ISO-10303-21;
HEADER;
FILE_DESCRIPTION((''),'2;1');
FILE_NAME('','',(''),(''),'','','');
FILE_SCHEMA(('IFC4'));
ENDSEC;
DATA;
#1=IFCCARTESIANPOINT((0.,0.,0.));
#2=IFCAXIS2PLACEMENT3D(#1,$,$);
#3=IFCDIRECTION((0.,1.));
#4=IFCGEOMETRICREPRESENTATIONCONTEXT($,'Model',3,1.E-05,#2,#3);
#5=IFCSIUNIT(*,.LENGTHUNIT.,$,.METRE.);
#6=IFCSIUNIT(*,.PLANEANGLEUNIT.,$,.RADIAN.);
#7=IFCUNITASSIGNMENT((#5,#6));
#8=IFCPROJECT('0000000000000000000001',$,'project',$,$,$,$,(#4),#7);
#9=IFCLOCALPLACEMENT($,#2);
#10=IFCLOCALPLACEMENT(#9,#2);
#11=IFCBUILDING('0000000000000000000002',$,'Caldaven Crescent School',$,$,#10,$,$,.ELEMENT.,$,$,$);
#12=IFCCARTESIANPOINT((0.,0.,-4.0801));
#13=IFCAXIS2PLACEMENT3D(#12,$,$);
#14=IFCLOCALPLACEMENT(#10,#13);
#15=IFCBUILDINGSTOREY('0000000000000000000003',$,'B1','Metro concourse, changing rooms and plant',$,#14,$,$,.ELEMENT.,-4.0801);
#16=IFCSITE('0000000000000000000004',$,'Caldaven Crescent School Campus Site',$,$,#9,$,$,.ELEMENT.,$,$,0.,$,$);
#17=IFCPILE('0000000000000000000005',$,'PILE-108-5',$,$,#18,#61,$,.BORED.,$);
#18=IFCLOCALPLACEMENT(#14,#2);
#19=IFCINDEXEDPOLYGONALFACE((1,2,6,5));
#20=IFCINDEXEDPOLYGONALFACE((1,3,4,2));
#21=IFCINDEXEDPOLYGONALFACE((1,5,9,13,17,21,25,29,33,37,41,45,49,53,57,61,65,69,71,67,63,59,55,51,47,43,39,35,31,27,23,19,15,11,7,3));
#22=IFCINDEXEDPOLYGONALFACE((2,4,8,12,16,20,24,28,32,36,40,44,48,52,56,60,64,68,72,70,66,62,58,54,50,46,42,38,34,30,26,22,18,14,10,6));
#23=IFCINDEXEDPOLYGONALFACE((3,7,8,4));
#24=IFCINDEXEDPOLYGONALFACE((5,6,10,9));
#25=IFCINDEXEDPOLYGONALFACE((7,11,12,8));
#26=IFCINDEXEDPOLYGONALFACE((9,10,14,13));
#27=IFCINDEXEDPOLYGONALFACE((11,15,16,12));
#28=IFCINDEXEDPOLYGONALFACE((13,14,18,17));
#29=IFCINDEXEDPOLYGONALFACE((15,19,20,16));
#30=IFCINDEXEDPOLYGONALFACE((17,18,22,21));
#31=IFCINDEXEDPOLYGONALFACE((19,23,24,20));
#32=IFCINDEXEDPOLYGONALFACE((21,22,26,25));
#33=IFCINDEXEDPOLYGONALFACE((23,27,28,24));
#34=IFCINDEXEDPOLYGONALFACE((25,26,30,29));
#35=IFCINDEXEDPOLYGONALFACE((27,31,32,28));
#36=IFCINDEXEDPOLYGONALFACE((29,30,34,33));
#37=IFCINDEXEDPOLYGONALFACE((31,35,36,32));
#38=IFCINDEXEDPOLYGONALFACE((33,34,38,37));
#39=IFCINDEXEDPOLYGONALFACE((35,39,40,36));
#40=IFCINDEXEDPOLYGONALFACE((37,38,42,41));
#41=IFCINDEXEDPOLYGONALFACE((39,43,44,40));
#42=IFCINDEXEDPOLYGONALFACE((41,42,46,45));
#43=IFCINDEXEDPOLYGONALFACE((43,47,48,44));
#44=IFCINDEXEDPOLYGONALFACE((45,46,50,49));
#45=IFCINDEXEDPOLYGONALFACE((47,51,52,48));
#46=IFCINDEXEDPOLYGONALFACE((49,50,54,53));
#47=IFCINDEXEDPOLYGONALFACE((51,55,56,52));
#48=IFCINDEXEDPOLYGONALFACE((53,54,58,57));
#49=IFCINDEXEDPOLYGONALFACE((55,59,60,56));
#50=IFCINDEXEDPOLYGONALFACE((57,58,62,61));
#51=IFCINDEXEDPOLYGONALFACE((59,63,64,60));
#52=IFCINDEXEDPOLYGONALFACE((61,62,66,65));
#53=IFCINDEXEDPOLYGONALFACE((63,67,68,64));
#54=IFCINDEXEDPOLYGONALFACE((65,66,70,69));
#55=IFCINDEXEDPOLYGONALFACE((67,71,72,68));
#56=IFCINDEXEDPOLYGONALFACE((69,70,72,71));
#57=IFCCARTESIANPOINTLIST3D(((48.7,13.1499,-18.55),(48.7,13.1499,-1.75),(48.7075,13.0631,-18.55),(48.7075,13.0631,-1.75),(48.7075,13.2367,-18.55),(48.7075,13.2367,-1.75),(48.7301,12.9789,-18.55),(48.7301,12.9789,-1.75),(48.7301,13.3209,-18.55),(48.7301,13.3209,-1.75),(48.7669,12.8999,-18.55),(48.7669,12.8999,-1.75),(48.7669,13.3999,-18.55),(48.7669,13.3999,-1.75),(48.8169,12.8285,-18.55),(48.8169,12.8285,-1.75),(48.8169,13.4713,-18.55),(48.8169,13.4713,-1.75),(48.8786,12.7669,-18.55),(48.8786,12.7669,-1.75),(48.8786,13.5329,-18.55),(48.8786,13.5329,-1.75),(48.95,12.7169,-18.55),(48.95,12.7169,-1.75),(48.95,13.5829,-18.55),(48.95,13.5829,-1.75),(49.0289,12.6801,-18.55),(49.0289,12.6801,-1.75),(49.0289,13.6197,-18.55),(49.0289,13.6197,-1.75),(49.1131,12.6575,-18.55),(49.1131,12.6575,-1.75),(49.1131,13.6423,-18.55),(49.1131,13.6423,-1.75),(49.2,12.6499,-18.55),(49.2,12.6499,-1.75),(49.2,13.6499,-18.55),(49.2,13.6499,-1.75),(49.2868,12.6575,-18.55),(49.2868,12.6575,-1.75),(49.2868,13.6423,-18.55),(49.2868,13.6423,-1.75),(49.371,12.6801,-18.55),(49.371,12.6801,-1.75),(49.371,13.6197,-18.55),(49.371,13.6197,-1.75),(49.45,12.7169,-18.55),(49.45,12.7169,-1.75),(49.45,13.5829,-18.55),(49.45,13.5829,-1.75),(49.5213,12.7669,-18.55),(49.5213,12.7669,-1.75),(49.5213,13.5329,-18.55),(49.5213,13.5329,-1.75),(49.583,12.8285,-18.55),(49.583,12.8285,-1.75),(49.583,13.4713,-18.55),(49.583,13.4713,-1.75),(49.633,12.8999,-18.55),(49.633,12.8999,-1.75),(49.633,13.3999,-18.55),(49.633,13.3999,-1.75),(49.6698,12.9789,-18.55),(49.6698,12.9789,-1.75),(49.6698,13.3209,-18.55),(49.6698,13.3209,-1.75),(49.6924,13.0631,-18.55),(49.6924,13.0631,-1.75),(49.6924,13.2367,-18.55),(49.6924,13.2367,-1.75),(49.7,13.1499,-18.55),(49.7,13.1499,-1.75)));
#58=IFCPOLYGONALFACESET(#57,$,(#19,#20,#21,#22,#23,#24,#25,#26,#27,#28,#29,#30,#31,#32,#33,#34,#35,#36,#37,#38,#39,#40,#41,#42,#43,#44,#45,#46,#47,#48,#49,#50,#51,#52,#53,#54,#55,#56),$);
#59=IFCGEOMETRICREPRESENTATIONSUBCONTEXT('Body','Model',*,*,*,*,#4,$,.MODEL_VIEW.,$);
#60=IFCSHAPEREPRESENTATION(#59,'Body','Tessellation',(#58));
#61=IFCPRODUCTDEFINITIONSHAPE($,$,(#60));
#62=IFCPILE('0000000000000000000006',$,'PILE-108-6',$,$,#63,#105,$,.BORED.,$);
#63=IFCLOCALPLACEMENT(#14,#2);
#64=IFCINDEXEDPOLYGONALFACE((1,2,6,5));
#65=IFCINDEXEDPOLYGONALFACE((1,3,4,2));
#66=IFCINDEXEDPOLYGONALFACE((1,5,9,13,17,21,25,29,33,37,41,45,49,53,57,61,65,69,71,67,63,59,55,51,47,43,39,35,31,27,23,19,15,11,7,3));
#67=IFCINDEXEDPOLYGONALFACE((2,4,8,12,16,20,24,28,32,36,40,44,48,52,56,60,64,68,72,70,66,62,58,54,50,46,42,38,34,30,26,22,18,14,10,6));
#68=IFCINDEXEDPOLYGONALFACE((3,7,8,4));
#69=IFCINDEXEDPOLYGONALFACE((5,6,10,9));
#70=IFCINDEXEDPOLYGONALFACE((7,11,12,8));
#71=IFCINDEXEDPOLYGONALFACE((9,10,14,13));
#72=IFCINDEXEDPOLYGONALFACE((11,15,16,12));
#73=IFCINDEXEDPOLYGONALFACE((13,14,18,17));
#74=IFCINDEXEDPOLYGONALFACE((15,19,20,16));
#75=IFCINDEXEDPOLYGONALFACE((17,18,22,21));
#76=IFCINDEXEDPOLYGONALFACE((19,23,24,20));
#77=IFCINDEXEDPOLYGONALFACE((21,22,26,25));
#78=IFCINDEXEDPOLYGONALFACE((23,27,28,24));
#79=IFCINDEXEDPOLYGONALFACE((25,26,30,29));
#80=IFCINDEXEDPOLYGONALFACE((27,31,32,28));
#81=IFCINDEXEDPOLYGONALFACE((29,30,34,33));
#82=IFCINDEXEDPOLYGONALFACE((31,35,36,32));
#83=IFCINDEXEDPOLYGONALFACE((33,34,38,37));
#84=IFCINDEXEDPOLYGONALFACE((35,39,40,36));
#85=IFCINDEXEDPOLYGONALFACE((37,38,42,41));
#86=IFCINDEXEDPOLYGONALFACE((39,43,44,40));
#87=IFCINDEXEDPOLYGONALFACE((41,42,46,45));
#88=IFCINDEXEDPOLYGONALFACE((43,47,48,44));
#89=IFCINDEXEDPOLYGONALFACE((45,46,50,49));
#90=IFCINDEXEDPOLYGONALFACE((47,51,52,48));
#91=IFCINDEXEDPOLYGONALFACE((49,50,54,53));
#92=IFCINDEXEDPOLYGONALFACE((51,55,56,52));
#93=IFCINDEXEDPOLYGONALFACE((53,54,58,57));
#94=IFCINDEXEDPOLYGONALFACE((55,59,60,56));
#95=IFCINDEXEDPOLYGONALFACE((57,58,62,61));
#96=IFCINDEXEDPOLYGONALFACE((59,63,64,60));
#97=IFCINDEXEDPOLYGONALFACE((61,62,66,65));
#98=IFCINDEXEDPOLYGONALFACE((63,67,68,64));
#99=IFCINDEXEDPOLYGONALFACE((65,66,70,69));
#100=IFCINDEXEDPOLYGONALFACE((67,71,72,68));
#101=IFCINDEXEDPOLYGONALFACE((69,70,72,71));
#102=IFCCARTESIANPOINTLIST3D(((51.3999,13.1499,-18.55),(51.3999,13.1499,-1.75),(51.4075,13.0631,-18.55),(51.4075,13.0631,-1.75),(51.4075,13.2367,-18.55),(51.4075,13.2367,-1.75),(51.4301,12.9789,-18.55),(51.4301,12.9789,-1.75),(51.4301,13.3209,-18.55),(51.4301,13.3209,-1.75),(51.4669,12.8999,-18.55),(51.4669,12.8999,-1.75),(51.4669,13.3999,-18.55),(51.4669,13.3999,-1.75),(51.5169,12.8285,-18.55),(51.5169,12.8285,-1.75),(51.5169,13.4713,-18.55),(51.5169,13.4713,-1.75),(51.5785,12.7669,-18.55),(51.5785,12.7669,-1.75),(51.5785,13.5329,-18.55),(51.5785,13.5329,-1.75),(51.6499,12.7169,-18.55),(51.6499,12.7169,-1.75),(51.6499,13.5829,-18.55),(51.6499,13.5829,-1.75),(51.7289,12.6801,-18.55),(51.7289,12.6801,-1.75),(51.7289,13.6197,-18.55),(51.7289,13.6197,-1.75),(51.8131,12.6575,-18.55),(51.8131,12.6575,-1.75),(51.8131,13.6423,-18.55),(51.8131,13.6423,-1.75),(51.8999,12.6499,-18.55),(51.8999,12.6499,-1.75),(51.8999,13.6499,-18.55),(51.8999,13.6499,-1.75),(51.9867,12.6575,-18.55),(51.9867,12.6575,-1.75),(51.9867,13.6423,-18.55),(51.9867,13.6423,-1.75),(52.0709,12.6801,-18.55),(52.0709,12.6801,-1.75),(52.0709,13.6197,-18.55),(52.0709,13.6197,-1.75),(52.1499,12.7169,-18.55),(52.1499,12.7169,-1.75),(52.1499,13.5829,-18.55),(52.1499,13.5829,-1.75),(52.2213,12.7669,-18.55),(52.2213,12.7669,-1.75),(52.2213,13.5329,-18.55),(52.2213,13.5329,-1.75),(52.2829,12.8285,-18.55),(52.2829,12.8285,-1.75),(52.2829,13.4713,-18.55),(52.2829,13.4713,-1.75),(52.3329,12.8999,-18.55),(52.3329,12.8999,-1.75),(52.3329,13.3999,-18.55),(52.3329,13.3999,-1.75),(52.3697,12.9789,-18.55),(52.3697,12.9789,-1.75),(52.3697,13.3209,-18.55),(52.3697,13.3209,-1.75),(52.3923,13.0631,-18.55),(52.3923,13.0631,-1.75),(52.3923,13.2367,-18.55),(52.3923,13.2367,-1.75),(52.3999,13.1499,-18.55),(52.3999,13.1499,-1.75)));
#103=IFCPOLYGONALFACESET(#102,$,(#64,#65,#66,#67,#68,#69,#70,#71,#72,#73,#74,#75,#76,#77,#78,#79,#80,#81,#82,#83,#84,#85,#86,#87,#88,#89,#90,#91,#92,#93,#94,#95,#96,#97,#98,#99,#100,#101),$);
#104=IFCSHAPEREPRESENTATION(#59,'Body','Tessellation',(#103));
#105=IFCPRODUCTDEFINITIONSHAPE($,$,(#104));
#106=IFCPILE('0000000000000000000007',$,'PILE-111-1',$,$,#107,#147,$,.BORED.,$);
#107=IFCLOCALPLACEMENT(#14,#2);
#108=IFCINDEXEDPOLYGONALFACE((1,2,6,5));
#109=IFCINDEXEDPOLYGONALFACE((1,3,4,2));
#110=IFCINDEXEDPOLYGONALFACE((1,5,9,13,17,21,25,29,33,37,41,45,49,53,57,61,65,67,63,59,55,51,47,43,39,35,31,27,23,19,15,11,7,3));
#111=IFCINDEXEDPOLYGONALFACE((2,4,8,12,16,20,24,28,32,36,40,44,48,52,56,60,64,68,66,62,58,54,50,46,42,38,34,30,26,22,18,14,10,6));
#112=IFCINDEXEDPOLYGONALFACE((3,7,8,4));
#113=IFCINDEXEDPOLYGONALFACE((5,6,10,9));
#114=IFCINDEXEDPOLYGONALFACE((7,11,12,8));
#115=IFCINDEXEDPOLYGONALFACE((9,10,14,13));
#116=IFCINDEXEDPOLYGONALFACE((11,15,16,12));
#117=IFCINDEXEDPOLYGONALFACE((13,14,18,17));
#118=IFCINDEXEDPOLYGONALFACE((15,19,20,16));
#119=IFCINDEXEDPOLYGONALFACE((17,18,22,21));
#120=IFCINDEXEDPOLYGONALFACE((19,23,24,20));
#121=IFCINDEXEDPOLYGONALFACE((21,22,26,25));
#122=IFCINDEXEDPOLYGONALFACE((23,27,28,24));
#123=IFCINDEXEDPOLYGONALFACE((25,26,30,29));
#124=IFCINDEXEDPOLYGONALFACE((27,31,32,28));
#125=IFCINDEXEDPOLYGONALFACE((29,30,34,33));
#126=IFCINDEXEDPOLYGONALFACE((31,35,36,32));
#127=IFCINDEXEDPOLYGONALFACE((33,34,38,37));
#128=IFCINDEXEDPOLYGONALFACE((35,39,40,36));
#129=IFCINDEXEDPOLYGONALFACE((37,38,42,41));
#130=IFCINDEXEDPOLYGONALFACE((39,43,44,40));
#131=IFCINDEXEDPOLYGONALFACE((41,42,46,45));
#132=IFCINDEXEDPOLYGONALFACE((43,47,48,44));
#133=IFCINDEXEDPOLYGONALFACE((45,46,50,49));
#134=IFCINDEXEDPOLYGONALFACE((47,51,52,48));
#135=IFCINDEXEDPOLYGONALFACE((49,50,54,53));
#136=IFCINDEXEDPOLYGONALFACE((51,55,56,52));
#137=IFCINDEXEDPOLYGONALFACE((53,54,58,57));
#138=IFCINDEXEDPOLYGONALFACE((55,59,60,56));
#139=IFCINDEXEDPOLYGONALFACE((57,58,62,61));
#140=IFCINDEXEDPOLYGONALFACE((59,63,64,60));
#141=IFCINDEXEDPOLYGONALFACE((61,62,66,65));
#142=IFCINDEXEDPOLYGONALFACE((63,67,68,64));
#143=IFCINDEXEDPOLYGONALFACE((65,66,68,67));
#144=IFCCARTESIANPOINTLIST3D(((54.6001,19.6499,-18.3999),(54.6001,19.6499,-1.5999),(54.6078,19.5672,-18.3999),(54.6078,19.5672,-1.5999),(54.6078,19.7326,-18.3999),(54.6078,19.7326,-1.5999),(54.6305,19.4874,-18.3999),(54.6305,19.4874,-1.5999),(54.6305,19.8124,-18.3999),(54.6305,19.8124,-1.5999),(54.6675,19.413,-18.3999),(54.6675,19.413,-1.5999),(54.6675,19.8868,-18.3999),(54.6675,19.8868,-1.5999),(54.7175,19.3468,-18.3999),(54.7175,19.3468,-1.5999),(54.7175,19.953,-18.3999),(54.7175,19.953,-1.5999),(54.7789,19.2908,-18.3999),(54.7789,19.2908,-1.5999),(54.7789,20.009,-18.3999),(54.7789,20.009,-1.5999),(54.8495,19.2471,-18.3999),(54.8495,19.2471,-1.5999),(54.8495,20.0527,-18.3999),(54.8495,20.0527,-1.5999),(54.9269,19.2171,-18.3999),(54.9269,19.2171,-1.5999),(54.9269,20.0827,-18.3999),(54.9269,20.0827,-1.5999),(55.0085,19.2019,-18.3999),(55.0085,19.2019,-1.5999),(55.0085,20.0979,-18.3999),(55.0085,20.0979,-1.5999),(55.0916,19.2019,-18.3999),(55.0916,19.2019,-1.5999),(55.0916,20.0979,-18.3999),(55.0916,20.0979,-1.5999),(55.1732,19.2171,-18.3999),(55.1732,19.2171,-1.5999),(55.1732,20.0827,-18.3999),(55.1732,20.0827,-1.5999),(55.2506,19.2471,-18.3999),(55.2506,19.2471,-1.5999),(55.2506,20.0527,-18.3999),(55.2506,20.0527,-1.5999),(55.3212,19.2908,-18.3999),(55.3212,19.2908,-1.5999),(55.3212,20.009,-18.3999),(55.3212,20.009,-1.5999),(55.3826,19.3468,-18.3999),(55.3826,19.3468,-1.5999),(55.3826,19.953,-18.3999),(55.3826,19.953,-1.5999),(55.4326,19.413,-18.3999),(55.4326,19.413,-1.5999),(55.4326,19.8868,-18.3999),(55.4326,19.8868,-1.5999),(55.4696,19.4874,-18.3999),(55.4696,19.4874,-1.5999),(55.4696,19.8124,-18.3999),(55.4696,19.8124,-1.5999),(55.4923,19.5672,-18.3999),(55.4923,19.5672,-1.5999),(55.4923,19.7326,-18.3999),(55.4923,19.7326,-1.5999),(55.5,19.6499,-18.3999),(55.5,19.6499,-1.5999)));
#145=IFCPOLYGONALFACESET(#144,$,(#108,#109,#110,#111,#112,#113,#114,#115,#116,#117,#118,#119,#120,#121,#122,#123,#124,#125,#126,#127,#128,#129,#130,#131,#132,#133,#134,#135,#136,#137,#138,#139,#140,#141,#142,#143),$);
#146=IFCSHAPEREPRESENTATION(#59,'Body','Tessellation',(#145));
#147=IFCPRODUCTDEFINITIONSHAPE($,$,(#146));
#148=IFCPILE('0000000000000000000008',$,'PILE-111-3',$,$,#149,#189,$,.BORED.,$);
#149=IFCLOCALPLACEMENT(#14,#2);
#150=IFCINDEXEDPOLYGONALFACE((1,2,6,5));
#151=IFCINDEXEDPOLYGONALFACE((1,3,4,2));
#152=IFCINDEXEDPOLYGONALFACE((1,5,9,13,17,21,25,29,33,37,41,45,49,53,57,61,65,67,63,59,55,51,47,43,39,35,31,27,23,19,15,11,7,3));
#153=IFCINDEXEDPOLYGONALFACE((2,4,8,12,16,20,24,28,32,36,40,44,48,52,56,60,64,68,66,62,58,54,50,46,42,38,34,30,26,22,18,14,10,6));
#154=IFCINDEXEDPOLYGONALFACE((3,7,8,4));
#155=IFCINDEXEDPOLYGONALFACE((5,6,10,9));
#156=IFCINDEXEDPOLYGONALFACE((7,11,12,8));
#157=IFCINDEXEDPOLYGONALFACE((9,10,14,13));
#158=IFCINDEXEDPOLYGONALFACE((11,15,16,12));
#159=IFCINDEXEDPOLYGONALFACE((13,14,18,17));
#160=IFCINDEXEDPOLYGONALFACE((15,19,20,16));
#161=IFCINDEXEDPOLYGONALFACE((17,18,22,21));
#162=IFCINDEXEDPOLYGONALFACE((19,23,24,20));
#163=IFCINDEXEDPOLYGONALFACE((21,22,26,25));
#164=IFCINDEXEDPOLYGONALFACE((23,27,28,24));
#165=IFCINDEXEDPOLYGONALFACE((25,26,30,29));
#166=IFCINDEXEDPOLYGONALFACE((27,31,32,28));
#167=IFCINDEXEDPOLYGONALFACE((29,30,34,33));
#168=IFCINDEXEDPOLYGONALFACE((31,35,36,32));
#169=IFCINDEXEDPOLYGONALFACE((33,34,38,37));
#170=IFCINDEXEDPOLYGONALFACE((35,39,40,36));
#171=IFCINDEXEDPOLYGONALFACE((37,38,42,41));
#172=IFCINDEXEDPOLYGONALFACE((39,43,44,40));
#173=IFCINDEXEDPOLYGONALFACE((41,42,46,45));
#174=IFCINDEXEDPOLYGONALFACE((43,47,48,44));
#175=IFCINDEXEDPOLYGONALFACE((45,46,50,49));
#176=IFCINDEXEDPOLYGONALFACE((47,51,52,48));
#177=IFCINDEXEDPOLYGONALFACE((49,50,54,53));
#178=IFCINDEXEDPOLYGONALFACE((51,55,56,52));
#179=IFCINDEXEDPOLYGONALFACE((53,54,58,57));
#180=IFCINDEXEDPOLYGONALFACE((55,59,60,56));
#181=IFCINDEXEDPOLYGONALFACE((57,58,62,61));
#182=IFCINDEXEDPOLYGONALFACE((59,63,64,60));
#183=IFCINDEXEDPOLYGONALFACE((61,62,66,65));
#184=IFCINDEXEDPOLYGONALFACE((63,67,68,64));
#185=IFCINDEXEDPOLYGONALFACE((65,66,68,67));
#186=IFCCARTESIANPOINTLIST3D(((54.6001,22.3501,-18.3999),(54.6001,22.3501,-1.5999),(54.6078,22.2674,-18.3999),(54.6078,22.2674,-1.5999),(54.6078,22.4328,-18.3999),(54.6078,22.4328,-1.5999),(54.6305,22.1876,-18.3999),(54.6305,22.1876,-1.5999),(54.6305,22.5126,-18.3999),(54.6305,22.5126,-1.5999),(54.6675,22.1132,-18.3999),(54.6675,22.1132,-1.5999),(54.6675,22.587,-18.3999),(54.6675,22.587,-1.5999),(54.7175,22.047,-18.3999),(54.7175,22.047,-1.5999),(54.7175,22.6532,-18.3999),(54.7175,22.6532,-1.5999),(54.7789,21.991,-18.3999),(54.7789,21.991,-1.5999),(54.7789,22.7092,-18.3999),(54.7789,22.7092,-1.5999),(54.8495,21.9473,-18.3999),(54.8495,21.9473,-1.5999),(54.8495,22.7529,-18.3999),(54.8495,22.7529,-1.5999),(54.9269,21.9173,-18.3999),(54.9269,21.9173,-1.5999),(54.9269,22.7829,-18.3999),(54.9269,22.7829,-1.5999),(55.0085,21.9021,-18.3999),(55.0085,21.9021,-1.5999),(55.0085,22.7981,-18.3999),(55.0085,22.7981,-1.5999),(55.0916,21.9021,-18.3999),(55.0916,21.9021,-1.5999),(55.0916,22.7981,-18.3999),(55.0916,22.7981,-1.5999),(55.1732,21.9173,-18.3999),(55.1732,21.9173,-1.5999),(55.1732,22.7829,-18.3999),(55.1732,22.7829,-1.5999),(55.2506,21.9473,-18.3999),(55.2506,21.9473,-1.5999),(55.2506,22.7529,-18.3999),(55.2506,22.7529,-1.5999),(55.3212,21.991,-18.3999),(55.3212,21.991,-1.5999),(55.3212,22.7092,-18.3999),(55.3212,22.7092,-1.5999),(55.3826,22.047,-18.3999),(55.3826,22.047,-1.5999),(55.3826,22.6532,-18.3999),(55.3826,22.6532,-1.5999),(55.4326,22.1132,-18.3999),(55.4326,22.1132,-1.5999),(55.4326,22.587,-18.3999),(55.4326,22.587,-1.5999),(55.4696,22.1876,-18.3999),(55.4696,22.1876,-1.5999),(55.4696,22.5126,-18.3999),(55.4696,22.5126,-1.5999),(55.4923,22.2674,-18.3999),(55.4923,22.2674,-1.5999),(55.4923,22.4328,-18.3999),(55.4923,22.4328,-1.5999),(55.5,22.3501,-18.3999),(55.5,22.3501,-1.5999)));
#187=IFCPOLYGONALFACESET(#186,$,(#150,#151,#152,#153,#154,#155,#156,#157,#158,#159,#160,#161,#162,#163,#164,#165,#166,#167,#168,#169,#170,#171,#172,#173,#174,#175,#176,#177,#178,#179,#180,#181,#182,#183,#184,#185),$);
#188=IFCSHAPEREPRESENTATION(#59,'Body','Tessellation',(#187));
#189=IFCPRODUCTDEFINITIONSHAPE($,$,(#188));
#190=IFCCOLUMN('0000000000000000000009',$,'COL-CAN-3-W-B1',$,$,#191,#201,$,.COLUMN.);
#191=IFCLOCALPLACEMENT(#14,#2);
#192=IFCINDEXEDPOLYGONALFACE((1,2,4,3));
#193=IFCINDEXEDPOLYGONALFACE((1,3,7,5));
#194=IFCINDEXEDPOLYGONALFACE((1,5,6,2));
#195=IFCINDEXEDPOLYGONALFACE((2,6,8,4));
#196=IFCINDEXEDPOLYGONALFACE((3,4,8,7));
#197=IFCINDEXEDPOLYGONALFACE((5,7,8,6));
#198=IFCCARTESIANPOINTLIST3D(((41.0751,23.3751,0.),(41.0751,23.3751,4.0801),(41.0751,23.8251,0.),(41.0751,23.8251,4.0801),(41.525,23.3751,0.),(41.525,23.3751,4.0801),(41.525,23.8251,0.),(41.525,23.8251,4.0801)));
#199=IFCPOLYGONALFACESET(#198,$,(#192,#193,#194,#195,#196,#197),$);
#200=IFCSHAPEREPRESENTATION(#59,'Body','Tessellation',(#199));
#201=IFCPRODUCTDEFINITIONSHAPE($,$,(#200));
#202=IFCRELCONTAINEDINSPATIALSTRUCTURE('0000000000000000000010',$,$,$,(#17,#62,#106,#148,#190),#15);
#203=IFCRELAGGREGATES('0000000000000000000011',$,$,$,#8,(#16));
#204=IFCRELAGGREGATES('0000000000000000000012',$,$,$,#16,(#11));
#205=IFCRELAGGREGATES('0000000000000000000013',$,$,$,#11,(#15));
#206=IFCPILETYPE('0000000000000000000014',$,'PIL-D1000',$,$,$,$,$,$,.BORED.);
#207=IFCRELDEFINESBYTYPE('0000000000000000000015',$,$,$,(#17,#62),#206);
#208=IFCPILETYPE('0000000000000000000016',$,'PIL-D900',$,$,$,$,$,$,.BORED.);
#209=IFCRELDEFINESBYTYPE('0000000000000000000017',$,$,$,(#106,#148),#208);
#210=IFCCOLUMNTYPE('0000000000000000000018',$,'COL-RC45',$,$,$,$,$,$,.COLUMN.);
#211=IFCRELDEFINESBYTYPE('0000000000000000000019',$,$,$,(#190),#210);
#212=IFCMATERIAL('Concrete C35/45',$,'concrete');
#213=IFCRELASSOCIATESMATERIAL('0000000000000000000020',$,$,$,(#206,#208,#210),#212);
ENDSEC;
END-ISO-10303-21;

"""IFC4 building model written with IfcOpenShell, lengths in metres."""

from ifc_helpers import new_model, si_unit, direction, frame, origin, origin_2d, place, context, subcontext, project, spatial, rectangle, circle, extrude, material, material_profile, profile_set, type_object, element, save


model = new_model("IFC4")

# Units and contexts
model_context = context("Model", 3, precision=1e-05, world=origin(), true_north=direction((0.0, 1.0)))
body_context = subcontext(model_context, "Body", "Model", "MODEL_VIEW")
ifc_project = project(units=[si_unit("LENGTHUNIT", "METRE"), si_unit("PLANEANGLEUNIT", "RADIAN")], contexts=[model_context])

# Site, building, storey
site_placement = place(None, origin())
site = spatial("IfcSite", under=ifc_project, at=site_placement, Name="Caldaven Crescent School Campus Site", CompositionType="ELEMENT", RefElevation=0.0)
building_placement = place(site_placement, origin())
building = spatial("IfcBuilding", under=site, at=building_placement, Name="Caldaven Crescent School", CompositionType="ELEMENT")
storey_placement = place(building_placement, frame((0.0, 0.0, -4.0801)))
storey = spatial("IfcBuildingStorey", under=building, at=storey_placement, Name="B1", Description="Metro concourse, changing rooms and plant", CompositionType="ELEMENT", Elevation=-4.0801)

# Shared definitions
ifc_material_1 = material(Name="Concrete C35/45", Category="concrete")

# Piles
ifc_material_profile_1 = material_profile(ifc_material_1, circle(Radius=0.5, at=origin_2d()), Name="PILE D1000")
ifc_profile_set_1 = profile_set([ifc_material_profile_1], Name="Concrete C35/45")
pile_type_1 = type_object("IfcPileType", Name="PIL-D1000", PredefinedType="BORED", material=ifc_profile_set_1)
for number, where, z_axis, x_axis, name in (
    (1, (49.2, 13.1499, -1.75), (0.0, 0.0, -1.0), (1.0, 0.0, 0.0), "PILE-108-5"),
    (2, (51.8999, 13.1499, -1.75), (0.0, 0.0, -1.0), (1.0, 0.0, 0.0), "PILE-108-6"),
):
    element("IfcPile", number, at=place(storey_placement, frame(where, z_axis=z_axis, x_axis=x_axis)), inside=storey, type_object=pile_type_1, Name=name, PredefinedType="BORED", context=body_context, shape_type="SweptSolid", body=[
        extrude(circle(Radius=0.5, at=origin_2d()), origin(), (0.0, 0.0, 1.0), 16.8),
    ])
ifc_material_profile_2 = material_profile(ifc_material_1, circle(Radius=0.45, at=origin_2d()), Name="PILE D900")
ifc_profile_set_2 = profile_set([ifc_material_profile_2], Name="Concrete C35/45")
pile_type_2 = type_object("IfcPileType", Name="PIL-D900", PredefinedType="BORED", material=ifc_profile_set_2)
for number, where, z_axis, x_axis, name in (
    (3, (55.05, 19.6499, -1.5999), (0.0, 0.0, -1.0), (1.0, 0.0, 0.0), "PILE-111-1"),
    (4, (55.05, 22.3501, -1.5999), (0.0, 0.0, -1.0), (1.0, 0.0, 0.0), "PILE-111-3"),
):
    element("IfcPile", number, at=place(storey_placement, frame(where, z_axis=z_axis, x_axis=x_axis)), inside=storey, type_object=pile_type_2, Name=name, PredefinedType="BORED", context=body_context, shape_type="SweptSolid", body=[
        extrude(circle(Radius=0.45, at=origin_2d()), origin(), (0.0, 0.0, 1.0), 16.8),
    ])

# Column
ifc_material_profile_3 = material_profile(ifc_material_1, rectangle(XDim=0.45, YDim=0.45, at=origin_2d()), Name="RC 450x450")
ifc_profile_set_3 = profile_set([ifc_material_profile_3], Name="Concrete C35/45")
column_type_1 = type_object("IfcColumnType", Name="COL-RC45", PredefinedType="COLUMN", material=ifc_profile_set_3)
for number, where, z_axis, x_axis, name in (
    (5, (41.3, 23.6001, 0.0), (0.0, 0.0, 1.0), (1.0, 0.0, 0.0), "COL-CAN-3-W-B1"),
):
    element("IfcColumn", number, at=place(storey_placement, frame(where, z_axis=z_axis, x_axis=x_axis)), inside=storey, type_object=column_type_1, Name=name, PredefinedType="COLUMN", context=body_context, shape_type="SweptSolid", body=[
        extrude(rectangle(XDim=0.45, YDim=0.45, at=origin_2d()), origin(), (0.0, 0.0, 1.0), 4.0801),
    ])

save(model, "model.ifc")
